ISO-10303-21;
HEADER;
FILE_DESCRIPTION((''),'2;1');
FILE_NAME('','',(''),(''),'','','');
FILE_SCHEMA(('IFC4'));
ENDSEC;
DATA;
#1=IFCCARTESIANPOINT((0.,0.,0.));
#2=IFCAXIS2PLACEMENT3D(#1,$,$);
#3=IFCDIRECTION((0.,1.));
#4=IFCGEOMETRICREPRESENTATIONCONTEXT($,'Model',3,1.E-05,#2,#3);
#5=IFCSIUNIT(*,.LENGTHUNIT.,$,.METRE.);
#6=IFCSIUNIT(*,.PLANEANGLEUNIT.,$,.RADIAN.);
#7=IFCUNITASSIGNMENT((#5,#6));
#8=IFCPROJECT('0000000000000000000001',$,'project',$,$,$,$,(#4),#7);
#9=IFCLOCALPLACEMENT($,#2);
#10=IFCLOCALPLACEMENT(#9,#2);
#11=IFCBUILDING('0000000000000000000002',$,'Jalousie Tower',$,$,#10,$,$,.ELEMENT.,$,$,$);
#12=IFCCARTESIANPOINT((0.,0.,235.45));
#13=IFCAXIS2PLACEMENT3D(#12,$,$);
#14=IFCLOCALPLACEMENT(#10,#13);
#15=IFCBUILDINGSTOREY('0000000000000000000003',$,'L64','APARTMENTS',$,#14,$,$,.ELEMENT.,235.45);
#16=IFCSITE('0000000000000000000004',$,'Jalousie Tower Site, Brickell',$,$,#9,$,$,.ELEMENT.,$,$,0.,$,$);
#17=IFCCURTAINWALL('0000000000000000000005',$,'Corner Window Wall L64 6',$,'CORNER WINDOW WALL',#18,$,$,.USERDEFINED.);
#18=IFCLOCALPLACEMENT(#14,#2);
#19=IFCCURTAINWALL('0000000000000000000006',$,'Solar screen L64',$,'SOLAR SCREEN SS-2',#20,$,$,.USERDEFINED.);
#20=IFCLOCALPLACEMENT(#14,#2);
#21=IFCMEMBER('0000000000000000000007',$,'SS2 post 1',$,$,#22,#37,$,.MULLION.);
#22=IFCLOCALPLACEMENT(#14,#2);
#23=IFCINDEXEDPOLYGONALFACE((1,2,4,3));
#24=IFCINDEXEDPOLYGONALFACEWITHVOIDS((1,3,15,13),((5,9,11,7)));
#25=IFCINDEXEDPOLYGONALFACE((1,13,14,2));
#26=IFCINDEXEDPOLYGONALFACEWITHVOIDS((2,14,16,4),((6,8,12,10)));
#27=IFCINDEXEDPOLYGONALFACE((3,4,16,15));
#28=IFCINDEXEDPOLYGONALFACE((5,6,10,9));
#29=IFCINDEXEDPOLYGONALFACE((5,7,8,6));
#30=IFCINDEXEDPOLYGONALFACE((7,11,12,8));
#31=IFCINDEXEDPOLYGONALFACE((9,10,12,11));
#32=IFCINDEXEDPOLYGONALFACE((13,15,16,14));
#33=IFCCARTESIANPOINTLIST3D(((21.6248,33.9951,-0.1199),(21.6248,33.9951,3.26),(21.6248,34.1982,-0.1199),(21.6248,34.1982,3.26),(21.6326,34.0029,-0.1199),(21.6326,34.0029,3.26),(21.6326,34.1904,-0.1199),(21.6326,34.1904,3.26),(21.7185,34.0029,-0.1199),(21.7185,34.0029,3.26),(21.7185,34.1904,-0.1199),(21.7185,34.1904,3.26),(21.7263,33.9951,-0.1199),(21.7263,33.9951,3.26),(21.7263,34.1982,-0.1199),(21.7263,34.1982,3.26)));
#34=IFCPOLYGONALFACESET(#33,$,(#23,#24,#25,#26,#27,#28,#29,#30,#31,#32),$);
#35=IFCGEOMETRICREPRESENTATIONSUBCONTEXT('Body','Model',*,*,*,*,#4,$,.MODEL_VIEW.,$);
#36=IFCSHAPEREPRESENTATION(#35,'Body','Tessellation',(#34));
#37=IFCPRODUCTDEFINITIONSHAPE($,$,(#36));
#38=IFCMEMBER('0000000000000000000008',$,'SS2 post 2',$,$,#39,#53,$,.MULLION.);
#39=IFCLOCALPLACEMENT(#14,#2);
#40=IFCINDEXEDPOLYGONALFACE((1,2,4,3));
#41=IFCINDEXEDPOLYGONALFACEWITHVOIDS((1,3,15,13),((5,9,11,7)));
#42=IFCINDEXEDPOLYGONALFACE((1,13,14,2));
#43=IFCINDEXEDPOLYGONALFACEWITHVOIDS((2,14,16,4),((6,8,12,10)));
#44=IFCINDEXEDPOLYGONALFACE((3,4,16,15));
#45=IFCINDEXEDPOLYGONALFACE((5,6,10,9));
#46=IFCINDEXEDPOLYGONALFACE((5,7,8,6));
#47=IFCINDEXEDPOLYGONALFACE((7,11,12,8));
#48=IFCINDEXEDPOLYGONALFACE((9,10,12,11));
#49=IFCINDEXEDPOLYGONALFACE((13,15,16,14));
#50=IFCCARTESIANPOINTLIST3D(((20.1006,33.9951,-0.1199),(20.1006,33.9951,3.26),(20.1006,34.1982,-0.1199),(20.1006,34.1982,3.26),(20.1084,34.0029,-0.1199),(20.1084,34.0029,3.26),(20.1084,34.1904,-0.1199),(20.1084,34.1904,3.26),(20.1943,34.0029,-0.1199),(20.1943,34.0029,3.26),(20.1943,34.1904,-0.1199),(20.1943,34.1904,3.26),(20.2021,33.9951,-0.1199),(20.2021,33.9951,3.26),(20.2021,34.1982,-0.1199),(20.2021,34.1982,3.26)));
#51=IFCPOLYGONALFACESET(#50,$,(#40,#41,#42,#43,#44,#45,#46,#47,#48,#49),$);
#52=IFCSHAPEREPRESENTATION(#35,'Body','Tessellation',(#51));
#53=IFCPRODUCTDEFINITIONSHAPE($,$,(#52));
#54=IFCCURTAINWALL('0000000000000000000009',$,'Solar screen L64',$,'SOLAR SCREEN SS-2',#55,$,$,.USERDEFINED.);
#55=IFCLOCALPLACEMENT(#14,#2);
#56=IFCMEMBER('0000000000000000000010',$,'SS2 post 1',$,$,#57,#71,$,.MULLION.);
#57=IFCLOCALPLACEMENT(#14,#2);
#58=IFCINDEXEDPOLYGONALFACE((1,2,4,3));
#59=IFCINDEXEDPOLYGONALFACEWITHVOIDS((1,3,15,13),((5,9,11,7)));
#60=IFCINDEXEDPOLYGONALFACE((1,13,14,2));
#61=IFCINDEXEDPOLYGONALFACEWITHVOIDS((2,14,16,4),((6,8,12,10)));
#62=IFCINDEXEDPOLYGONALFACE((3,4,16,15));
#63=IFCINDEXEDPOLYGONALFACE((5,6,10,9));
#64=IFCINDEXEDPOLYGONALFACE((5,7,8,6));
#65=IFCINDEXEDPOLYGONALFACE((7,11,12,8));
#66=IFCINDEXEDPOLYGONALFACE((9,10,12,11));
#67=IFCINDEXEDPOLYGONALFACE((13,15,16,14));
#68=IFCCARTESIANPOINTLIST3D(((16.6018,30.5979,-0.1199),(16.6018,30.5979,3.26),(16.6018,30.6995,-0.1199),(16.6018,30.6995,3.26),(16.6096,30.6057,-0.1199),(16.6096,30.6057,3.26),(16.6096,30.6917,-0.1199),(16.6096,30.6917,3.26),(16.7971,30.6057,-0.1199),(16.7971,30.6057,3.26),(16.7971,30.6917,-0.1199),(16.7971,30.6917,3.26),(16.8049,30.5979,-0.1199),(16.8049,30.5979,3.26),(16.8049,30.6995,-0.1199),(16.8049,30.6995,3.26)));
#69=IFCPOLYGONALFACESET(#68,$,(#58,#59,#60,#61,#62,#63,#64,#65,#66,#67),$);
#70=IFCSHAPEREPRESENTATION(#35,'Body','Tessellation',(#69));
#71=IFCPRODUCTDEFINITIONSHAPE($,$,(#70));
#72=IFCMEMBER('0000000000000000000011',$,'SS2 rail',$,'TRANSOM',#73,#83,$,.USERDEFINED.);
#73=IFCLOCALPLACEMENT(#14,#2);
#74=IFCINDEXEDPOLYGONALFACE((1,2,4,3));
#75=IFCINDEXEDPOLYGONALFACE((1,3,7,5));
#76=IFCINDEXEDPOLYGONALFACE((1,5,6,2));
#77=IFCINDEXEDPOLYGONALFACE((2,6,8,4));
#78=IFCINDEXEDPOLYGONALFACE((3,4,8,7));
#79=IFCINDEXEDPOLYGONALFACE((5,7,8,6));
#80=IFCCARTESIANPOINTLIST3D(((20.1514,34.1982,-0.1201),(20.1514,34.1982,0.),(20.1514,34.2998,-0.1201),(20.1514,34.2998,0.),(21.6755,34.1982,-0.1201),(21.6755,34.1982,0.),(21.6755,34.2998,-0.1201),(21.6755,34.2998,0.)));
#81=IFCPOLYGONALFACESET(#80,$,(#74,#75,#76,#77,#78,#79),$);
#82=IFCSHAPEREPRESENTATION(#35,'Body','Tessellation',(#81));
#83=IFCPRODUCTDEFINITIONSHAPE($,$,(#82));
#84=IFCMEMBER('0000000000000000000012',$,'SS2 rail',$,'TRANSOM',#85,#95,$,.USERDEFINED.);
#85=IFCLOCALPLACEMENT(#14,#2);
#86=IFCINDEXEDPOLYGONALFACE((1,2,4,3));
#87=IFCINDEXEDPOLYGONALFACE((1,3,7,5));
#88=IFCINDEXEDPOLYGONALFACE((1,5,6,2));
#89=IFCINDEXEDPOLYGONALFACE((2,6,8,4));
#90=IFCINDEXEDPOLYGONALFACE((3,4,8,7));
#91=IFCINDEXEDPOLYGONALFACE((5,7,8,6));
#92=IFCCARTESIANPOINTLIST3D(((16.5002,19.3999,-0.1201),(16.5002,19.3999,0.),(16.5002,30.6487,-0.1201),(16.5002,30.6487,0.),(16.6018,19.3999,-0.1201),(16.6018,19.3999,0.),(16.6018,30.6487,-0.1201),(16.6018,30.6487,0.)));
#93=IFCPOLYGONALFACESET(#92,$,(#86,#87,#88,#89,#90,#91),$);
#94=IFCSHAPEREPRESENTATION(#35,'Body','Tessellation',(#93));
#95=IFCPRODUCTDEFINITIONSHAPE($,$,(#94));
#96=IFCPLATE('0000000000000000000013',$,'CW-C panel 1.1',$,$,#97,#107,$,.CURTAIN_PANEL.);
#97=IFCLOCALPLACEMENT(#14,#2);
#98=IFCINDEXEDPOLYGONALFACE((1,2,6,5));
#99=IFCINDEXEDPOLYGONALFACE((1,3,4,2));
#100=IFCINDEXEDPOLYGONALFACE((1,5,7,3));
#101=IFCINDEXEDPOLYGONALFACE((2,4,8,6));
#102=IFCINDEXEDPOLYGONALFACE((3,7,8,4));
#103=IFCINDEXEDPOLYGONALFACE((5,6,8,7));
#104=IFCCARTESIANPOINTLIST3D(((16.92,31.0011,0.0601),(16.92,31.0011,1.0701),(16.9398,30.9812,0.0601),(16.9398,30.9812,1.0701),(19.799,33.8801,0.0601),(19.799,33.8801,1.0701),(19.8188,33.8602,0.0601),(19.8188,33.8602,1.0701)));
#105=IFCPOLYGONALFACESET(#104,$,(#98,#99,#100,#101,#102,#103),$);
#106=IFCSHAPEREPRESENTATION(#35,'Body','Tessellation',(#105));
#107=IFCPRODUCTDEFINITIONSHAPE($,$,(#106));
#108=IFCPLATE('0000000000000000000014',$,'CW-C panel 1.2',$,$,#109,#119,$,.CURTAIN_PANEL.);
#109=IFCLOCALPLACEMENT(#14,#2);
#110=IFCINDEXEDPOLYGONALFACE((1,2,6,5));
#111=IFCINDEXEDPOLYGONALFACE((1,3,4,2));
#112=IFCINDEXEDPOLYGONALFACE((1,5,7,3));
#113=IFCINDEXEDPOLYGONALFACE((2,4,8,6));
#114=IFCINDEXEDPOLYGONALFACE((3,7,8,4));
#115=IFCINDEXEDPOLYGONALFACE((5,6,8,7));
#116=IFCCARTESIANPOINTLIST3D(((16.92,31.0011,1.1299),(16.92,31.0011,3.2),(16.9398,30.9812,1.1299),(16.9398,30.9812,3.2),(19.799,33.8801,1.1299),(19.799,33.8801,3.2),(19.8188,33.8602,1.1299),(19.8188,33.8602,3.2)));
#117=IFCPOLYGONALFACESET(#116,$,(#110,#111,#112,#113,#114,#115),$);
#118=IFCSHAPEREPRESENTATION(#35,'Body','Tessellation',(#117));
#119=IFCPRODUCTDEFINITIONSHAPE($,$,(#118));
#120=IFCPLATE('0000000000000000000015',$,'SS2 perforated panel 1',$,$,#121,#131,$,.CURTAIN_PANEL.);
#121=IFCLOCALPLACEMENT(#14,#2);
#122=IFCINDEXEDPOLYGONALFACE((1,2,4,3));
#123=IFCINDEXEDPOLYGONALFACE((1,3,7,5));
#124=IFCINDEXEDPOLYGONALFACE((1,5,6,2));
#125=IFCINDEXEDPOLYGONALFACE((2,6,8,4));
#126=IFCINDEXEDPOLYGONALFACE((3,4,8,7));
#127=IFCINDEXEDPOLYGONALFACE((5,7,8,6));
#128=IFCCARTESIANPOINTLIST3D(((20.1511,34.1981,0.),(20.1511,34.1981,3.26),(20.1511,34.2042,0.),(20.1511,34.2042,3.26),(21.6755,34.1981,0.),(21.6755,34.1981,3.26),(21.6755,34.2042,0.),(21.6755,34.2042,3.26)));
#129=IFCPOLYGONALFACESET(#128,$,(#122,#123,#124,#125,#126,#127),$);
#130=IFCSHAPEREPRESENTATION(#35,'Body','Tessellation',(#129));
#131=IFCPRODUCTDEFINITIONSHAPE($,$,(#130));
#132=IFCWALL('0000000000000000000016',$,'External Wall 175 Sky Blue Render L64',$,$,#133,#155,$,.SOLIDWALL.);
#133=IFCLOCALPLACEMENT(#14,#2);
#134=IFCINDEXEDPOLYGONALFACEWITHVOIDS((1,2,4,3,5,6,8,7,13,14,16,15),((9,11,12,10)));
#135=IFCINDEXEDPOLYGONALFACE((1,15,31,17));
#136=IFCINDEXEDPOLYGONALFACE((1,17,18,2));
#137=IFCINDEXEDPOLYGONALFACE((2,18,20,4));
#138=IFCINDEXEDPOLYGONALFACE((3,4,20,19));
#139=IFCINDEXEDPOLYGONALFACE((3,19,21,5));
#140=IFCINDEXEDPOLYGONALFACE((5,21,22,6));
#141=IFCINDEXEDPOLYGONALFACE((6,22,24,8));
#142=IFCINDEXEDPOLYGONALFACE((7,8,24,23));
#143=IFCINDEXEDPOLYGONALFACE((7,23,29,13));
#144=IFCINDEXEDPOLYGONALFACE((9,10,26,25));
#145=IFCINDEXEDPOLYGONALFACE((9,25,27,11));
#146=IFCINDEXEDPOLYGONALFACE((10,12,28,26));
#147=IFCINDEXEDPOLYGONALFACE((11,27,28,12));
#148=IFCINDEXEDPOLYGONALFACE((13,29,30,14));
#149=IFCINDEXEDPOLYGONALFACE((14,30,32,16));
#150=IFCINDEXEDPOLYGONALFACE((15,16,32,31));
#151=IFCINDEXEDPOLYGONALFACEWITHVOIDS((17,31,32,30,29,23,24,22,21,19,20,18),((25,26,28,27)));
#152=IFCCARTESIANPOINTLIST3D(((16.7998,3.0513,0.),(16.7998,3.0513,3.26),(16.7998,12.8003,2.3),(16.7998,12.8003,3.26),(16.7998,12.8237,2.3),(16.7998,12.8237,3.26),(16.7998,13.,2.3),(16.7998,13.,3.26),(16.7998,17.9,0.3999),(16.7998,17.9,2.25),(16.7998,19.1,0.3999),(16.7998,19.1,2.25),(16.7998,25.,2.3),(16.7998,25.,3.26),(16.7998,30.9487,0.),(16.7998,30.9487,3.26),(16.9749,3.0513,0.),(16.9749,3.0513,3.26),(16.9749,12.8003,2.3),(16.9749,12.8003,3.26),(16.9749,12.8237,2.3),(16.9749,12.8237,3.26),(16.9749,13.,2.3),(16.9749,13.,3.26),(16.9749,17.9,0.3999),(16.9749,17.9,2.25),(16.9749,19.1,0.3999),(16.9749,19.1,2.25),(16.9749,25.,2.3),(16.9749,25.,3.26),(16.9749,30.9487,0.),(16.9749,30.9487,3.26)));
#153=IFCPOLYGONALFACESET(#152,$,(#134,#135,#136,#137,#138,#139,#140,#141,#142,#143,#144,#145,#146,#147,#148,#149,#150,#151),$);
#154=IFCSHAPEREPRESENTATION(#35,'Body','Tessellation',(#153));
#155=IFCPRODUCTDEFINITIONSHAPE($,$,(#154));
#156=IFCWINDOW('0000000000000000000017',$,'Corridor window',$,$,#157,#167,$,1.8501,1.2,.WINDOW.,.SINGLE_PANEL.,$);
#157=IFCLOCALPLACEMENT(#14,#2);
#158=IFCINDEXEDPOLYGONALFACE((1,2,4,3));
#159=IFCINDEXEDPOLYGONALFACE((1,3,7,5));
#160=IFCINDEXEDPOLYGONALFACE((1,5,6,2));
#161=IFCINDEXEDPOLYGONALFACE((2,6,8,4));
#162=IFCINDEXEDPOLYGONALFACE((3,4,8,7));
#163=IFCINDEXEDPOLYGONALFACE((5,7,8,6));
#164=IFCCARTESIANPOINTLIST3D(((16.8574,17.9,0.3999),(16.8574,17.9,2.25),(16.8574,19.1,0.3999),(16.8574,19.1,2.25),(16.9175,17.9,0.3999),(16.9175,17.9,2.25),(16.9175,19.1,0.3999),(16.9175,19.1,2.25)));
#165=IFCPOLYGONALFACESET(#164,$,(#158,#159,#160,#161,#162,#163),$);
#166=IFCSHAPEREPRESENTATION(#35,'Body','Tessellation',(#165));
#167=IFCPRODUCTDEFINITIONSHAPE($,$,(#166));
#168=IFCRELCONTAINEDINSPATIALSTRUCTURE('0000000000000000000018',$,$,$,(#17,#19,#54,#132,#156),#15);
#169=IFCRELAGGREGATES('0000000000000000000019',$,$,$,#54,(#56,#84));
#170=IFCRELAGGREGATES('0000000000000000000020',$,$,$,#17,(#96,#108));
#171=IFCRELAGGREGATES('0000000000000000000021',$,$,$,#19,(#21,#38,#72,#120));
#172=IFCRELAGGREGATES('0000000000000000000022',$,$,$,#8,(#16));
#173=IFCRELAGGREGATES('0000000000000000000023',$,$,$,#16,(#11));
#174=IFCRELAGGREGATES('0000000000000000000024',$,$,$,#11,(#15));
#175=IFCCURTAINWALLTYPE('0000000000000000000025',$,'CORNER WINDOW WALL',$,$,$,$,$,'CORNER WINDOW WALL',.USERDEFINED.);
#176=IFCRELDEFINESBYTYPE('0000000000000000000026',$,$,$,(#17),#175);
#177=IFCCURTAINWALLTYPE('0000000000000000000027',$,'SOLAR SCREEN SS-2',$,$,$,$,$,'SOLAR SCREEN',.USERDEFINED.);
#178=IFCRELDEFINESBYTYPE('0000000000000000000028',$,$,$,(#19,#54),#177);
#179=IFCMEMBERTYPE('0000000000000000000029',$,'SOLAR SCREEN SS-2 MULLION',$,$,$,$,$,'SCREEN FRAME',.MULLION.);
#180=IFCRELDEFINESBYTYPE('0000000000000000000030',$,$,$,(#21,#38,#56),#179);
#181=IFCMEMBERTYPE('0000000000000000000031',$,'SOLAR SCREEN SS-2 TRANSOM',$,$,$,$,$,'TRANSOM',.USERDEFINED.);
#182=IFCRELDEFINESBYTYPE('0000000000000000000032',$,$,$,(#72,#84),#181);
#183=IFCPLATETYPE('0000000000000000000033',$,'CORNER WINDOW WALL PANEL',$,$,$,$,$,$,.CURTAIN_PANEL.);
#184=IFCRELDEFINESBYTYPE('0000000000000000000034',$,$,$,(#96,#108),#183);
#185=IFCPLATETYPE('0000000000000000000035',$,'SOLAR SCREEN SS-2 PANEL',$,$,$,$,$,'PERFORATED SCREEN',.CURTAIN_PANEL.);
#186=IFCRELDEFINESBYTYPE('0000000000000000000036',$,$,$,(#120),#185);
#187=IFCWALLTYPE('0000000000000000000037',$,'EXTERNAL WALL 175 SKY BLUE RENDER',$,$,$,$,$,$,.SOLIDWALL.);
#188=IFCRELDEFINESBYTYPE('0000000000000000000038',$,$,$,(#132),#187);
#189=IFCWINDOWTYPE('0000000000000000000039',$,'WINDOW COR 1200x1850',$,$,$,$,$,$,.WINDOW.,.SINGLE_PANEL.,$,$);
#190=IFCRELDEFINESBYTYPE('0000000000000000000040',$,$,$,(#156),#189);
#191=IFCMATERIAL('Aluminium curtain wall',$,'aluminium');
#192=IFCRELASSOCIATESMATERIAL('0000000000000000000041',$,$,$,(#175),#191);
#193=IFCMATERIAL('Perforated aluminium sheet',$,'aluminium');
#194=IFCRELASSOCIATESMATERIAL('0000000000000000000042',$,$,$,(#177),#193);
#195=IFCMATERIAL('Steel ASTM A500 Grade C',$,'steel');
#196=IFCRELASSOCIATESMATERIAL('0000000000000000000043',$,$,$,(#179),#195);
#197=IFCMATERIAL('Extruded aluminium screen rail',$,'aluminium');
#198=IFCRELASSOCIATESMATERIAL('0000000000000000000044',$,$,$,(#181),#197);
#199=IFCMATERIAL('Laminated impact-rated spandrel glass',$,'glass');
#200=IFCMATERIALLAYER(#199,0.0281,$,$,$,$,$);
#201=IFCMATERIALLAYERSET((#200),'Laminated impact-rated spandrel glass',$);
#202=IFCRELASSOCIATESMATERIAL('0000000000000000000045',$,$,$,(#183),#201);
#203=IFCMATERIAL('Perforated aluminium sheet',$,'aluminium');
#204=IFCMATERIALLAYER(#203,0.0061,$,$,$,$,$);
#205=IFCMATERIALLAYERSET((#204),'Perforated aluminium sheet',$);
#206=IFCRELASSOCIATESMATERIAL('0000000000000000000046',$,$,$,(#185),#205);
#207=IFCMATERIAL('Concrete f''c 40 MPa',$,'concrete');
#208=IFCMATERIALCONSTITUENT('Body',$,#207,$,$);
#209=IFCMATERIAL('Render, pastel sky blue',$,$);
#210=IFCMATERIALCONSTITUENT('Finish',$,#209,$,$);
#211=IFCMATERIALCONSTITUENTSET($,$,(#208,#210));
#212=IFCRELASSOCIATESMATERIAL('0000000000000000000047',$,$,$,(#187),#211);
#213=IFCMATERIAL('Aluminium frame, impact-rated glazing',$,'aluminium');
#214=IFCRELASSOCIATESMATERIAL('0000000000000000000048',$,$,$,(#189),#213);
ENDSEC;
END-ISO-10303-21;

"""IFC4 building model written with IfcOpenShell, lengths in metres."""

from ifc_helpers import new_model, si_unit, direction, frame, frame_2d, origin, origin_2d, place, context, subcontext, project, spatial, polyline, rectangle, hollow_rectangle, outline, extrude, material, layer, layer_set, constituent, constituent_set, material_profile, profile_set, type_object, element, fill, aggregate, save


model = new_model("IFC4")

# Units and contexts
model_context = context("Model", 3, precision=1e-05, world=origin(), true_north=direction((0.0, 1.0)))
body_context = subcontext(model_context, "Body", "Model", "MODEL_VIEW")
ifc_project = project(units=[si_unit("LENGTHUNIT", "METRE"), si_unit("PLANEANGLEUNIT", "RADIAN")], contexts=[model_context])

# Site, building, storey
site_placement = place(None, origin())
site = spatial("IfcSite", under=ifc_project, at=site_placement, Name="Jalousie Tower Site, Brickell", CompositionType="ELEMENT", RefElevation=0.0)
building_placement = place(site_placement, origin())
building = spatial("IfcBuilding", under=site, at=building_placement, Name="Jalousie Tower", CompositionType="ELEMENT")
storey_placement = place(building_placement, frame((0.0, 0.0, 235.45)))
storey = spatial("IfcBuildingStorey", under=building, at=storey_placement, Name="L64", Description="APARTMENTS", CompositionType="ELEMENT", Elevation=235.45)

# Curtain wall
ifc_material_1 = material(Name="Aluminium curtain wall", Category="aluminium")
curtain_wall_type_1 = type_object("IfcCurtainWallType", Name="CORNER WINDOW WALL", ElementType="CORNER WINDOW WALL", PredefinedType="USERDEFINED", material=ifc_material_1)
curtain_wall_1_placement = place(storey_placement, origin())
curtain_wall_1 = element("IfcCurtainWall", 1, at=curtain_wall_1_placement, inside=storey, type_object=curtain_wall_type_1, Name="Corner Window Wall L64 6", ObjectType="CORNER WINDOW WALL", PredefinedType="USERDEFINED")

# Curtain wall, members
ifc_material_2 = material(Name="Perforated aluminium sheet", Category="aluminium")
curtain_wall_type_2 = type_object("IfcCurtainWallType", Name="SOLAR SCREEN SS-2", ElementType="SOLAR SCREEN", PredefinedType="USERDEFINED", material=ifc_material_2)
curtain_wall_2_placement = place(storey_placement, origin())
curtain_wall_2 = element("IfcCurtainWall", 2, at=curtain_wall_2_placement, inside=storey, type_object=curtain_wall_type_2, Name="Solar screen L64", ObjectType="SOLAR SCREEN SS-2", PredefinedType="USERDEFINED")
ifc_material_3 = material(Name="Steel ASTM A500 Grade C", Category="steel")
ifc_material_profile_1 = material_profile(ifc_material_3, hollow_rectangle(XDim=0.1016, YDim=0.2031, WallThickness=0.0078, at=origin_2d()), Name="HSS8X4X5/16")
ifc_profile_set_1 = profile_set([ifc_material_profile_1], Name="Steel ASTM A500 Grade C")
member_type_1 = type_object("IfcMemberType", Name="SOLAR SCREEN SS-2 MULLION", ElementType="SCREEN FRAME", PredefinedType="MULLION", material=ifc_profile_set_1)
member_1_placement = place(storey_placement, frame((21.6755, 34.0967, -0.1199), z_axis=(0.0, 0.0, 1.0), x_axis=(-1.0, 0.0, 0.0)))
member_1 = element("IfcMember", 3, at=member_1_placement, type_object=member_type_1, Name="SS2 post 1", PredefinedType="MULLION", context=body_context, shape_type="SweptSolid", body=[
    extrude(hollow_rectangle(XDim=0.1016, YDim=0.2031, WallThickness=0.0078, at=origin_2d()), origin(), (0.0, 0.0, 1.0), 3.3799),
])
member_2_placement = place(storey_placement, frame((20.1514, 34.0967, -0.1199), z_axis=(0.0, 0.0, 1.0), x_axis=(-1.0, 0.0, 0.0)))
member_2 = element("IfcMember", 4, at=member_2_placement, type_object=member_type_1, Name="SS2 post 2", PredefinedType="MULLION", context=body_context, shape_type="SweptSolid", body=[
    extrude(hollow_rectangle(XDim=0.1016, YDim=0.2031, WallThickness=0.0078, at=origin_2d()), origin(), (0.0, 0.0, 1.0), 3.3799),
])

# Curtain wall, member
curtain_wall_3_placement = place(storey_placement, origin())
curtain_wall_3 = element("IfcCurtainWall", 5, at=curtain_wall_3_placement, inside=storey, type_object=curtain_wall_type_2, Name="Solar screen L64", ObjectType="SOLAR SCREEN SS-2", PredefinedType="USERDEFINED")
member_3_placement = place(storey_placement, frame((16.7034, 30.6487, -0.1199), z_axis=(0.0, 0.0, 1.0), x_axis=(0.0, -1.0, 0.0)))
member_3 = element("IfcMember", 6, at=member_3_placement, type_object=member_type_1, Name="SS2 post 1", PredefinedType="MULLION", context=body_context, shape_type="SweptSolid", body=[
    extrude(hollow_rectangle(XDim=0.1016, YDim=0.2031, WallThickness=0.0078, at=origin_2d()), origin(), (0.0, 0.0, 1.0), 3.3799),
])

# Members
ifc_material_4 = material(Name="Extruded aluminium screen rail", Category="aluminium")
ifc_material_profile_2 = material_profile(ifc_material_4, rectangle(XDim=0.1016, YDim=0.1201, at=origin_2d()), Name="RAIL 102x120")
ifc_profile_set_2 = profile_set([ifc_material_profile_2], Name="Extruded aluminium screen rail")
member_type_2 = type_object("IfcMemberType", Name="SOLAR SCREEN SS-2 TRANSOM", ElementType="TRANSOM", PredefinedType="USERDEFINED", material=ifc_profile_set_2)
member_4_placement = place(storey_placement, frame((21.6755, 34.249, -0.0601), z_axis=(-1.0, 0.0, 0.0), x_axis=(0.0, -1.0, 0.0)))
member_4 = element("IfcMember", 7, at=member_4_placement, type_object=member_type_2, Name="SS2 rail", ObjectType="TRANSOM", PredefinedType="USERDEFINED", context=body_context, shape_type="SweptSolid", body=[
    extrude(rectangle(XDim=0.1016, YDim=0.1201, at=origin_2d()), origin(), (0.0, 0.0, 1.0), 1.5242),
])
member_5_placement = place(storey_placement, frame((16.551, 30.6487, -0.0601), z_axis=(0.0, -1.0, 0.0), x_axis=(1.0, 0.0, 0.0)))
member_5 = element("IfcMember", 8, at=member_5_placement, type_object=member_type_2, Name="SS2 rail", ObjectType="TRANSOM", PredefinedType="USERDEFINED", context=body_context, shape_type="SweptSolid", body=[
    extrude(rectangle(XDim=0.1016, YDim=0.1201, at=origin_2d()), origin(), (0.0, 0.0, 1.0), 11.2488),
])
aggregate(curtain_wall_3, [member_3, member_5])

# Plates
ifc_material_5 = material(Name="Laminated impact-rated spandrel glass", Category="glass")
ifc_layer_1 = layer(ifc_material_5, 0.0281)
ifc_layer_set_1 = layer_set([ifc_layer_1], Name="Laminated impact-rated spandrel glass")
plate_type_1 = type_object("IfcPlateType", Name="CORNER WINDOW WALL PANEL", PredefinedType="CURTAIN_PANEL", material=ifc_layer_set_1)
plate_1_placement = place(storey_placement, frame((18.3694, 32.4307, 0.0601), z_axis=(0.0, 0.0, 1.0), x_axis=(-0.707107, -0.707107, 0.0)))
plate_1 = element("IfcPlate", 9, at=plate_1_placement, type_object=plate_type_1, Name="CW-C panel 1.1", PredefinedType="CURTAIN_PANEL", context=body_context, shape_type="SweptSolid", body=[
    extrude(rectangle(XDim=4.0715, YDim=0.0281, at=origin_2d()), origin(), (0.0, 0.0, 1.0), 1.01),
])
plate_2_placement = place(storey_placement, frame((18.3694, 32.4307, 1.1299), z_axis=(0.0, 0.0, 1.0), x_axis=(-0.707107, -0.707107, 0.0)))
plate_2 = element("IfcPlate", 10, at=plate_2_placement, type_object=plate_type_1, Name="CW-C panel 1.2", PredefinedType="CURTAIN_PANEL", context=body_context, shape_type="SweptSolid", body=[
    extrude(rectangle(XDim=4.0715, YDim=0.0281, at=origin_2d()), origin(), (0.0, 0.0, 1.0), 2.0701),
])
aggregate(curtain_wall_1, [plate_1, plate_2])
ifc_material_6 = material(Name="Perforated aluminium sheet", Category="aluminium")
ifc_layer_2 = layer(ifc_material_6, 0.0061)
ifc_layer_set_2 = layer_set([ifc_layer_2], Name="Perforated aluminium sheet")
plate_type_2 = type_object("IfcPlateType", Name="SOLAR SCREEN SS-2 PANEL", ElementType="PERFORATED SCREEN", PredefinedType="CURTAIN_PANEL", material=ifc_layer_set_2)
plate_3_placement = place(storey_placement, frame((20.9133, 34.2012, 0.0), z_axis=(0.0, 0.0, 1.0), x_axis=(-1.0, 0.0, 0.0)))
plate_3 = element("IfcPlate", 11, at=plate_3_placement, type_object=plate_type_2, Name="SS2 perforated panel 1", PredefinedType="CURTAIN_PANEL", context=body_context, shape_type="SweptSolid", body=[
    extrude(rectangle(XDim=1.5244, YDim=0.0061, at=origin_2d()), origin(), (0.0, 0.0, 1.0), 3.26),
])
aggregate(curtain_wall_2, [member_1, member_2, member_4, plate_3])

# Wall, opening, window
ifc_material_7 = material(Name="Concrete f'c 40 MPa", Category="concrete")
ifc_constituent_1 = constituent(ifc_material_7, Name="Body")
ifc_material_8 = material(Name="Render, pastel sky blue")
ifc_constituent_2 = constituent(ifc_material_8, Name="Finish")
ifc_constituent_set_1 = constituent_set(constituents=[ifc_constituent_1, ifc_constituent_2])
wall_type_1 = type_object("IfcWallType", Name="EXTERNAL WALL 175 SKY BLUE RENDER", PredefinedType="SOLIDWALL", material=ifc_constituent_set_1)
wall_1_placement = place(storey_placement, frame((16.8875, 30.9487, 0.0), z_axis=(0.0, 0.0, 1.0), x_axis=(0.0, -1.0, 0.0)))
wall_1 = element("IfcWall", 12, at=wall_1_placement, inside=storey, type_object=wall_type_1, Name="External Wall 175 Sky Blue Render L64", PredefinedType="SOLIDWALL", context=body_context, shape_type="SweptSolid", body=[
    extrude(outline(polyline([(0.0, 0.0), (27.8975, 0.0), (27.8975, 3.26), (18.1484, 3.26), (18.1484, 2.3), (18.125, 2.3), (18.125, 3.26), (17.9487, 3.26), (17.9487, 2.3), (5.9487, 2.3), (5.9487, 3.26), (0.0, 3.26), (0.0, 0.0)])), frame((0.0, 0.0874, 0.0), z_axis=(0.0, -1.0, 0.0), x_axis=(1.0, 0.0, 0.0)), (0.0, 0.0, 1.0), 0.175),
])
opening_1_placement = place(wall_1_placement, frame((11.8486, 0.0, 0.3999)))
opening_1 = element("IfcOpeningElement", 13, at=opening_1_placement, cuts=wall_1, PredefinedType="OPENING", context=body_context, shape_type="SweptSolid", body=[
    extrude(rectangle(XDim=1.2, YDim=1.8501, at=frame_2d((0.6001, 0.925))), frame((0.0, 0.0974, 0.0), z_axis=(0.0, -1.0, 0.0), x_axis=(1.0, 0.0, 0.0)), (0.0, 0.0, 1.0), 0.1951),
])
ifc_material_9 = material(Name="Aluminium frame, impact-rated glazing", Category="aluminium")
window_type = type_object("IfcWindowType", Name="WINDOW COR 1200x1850", PartitioningType="SINGLE_PANEL", PredefinedType="WINDOW", material=ifc_material_9)
window_placement = place(opening_1_placement, origin())
window = element("IfcWindow", 14, at=window_placement, inside=storey, type_object=window_type, Name="Corridor window", OverallHeight=1.8501, OverallWidth=1.2, PartitioningType="SINGLE_PANEL", PredefinedType="WINDOW", context=body_context, shape_type="SweptSolid", body=[
    extrude(rectangle(XDim=1.2, YDim=1.8501, at=frame_2d((0.6001, 0.925))), frame((0.0, 0.03, 0.0), z_axis=(0.0, -1.0, 0.0), x_axis=(1.0, 0.0, 0.0)), (0.0, 0.0, 1.0), 0.0601),
])
fill(opening_1, window)

save(model, "model.ifc")
